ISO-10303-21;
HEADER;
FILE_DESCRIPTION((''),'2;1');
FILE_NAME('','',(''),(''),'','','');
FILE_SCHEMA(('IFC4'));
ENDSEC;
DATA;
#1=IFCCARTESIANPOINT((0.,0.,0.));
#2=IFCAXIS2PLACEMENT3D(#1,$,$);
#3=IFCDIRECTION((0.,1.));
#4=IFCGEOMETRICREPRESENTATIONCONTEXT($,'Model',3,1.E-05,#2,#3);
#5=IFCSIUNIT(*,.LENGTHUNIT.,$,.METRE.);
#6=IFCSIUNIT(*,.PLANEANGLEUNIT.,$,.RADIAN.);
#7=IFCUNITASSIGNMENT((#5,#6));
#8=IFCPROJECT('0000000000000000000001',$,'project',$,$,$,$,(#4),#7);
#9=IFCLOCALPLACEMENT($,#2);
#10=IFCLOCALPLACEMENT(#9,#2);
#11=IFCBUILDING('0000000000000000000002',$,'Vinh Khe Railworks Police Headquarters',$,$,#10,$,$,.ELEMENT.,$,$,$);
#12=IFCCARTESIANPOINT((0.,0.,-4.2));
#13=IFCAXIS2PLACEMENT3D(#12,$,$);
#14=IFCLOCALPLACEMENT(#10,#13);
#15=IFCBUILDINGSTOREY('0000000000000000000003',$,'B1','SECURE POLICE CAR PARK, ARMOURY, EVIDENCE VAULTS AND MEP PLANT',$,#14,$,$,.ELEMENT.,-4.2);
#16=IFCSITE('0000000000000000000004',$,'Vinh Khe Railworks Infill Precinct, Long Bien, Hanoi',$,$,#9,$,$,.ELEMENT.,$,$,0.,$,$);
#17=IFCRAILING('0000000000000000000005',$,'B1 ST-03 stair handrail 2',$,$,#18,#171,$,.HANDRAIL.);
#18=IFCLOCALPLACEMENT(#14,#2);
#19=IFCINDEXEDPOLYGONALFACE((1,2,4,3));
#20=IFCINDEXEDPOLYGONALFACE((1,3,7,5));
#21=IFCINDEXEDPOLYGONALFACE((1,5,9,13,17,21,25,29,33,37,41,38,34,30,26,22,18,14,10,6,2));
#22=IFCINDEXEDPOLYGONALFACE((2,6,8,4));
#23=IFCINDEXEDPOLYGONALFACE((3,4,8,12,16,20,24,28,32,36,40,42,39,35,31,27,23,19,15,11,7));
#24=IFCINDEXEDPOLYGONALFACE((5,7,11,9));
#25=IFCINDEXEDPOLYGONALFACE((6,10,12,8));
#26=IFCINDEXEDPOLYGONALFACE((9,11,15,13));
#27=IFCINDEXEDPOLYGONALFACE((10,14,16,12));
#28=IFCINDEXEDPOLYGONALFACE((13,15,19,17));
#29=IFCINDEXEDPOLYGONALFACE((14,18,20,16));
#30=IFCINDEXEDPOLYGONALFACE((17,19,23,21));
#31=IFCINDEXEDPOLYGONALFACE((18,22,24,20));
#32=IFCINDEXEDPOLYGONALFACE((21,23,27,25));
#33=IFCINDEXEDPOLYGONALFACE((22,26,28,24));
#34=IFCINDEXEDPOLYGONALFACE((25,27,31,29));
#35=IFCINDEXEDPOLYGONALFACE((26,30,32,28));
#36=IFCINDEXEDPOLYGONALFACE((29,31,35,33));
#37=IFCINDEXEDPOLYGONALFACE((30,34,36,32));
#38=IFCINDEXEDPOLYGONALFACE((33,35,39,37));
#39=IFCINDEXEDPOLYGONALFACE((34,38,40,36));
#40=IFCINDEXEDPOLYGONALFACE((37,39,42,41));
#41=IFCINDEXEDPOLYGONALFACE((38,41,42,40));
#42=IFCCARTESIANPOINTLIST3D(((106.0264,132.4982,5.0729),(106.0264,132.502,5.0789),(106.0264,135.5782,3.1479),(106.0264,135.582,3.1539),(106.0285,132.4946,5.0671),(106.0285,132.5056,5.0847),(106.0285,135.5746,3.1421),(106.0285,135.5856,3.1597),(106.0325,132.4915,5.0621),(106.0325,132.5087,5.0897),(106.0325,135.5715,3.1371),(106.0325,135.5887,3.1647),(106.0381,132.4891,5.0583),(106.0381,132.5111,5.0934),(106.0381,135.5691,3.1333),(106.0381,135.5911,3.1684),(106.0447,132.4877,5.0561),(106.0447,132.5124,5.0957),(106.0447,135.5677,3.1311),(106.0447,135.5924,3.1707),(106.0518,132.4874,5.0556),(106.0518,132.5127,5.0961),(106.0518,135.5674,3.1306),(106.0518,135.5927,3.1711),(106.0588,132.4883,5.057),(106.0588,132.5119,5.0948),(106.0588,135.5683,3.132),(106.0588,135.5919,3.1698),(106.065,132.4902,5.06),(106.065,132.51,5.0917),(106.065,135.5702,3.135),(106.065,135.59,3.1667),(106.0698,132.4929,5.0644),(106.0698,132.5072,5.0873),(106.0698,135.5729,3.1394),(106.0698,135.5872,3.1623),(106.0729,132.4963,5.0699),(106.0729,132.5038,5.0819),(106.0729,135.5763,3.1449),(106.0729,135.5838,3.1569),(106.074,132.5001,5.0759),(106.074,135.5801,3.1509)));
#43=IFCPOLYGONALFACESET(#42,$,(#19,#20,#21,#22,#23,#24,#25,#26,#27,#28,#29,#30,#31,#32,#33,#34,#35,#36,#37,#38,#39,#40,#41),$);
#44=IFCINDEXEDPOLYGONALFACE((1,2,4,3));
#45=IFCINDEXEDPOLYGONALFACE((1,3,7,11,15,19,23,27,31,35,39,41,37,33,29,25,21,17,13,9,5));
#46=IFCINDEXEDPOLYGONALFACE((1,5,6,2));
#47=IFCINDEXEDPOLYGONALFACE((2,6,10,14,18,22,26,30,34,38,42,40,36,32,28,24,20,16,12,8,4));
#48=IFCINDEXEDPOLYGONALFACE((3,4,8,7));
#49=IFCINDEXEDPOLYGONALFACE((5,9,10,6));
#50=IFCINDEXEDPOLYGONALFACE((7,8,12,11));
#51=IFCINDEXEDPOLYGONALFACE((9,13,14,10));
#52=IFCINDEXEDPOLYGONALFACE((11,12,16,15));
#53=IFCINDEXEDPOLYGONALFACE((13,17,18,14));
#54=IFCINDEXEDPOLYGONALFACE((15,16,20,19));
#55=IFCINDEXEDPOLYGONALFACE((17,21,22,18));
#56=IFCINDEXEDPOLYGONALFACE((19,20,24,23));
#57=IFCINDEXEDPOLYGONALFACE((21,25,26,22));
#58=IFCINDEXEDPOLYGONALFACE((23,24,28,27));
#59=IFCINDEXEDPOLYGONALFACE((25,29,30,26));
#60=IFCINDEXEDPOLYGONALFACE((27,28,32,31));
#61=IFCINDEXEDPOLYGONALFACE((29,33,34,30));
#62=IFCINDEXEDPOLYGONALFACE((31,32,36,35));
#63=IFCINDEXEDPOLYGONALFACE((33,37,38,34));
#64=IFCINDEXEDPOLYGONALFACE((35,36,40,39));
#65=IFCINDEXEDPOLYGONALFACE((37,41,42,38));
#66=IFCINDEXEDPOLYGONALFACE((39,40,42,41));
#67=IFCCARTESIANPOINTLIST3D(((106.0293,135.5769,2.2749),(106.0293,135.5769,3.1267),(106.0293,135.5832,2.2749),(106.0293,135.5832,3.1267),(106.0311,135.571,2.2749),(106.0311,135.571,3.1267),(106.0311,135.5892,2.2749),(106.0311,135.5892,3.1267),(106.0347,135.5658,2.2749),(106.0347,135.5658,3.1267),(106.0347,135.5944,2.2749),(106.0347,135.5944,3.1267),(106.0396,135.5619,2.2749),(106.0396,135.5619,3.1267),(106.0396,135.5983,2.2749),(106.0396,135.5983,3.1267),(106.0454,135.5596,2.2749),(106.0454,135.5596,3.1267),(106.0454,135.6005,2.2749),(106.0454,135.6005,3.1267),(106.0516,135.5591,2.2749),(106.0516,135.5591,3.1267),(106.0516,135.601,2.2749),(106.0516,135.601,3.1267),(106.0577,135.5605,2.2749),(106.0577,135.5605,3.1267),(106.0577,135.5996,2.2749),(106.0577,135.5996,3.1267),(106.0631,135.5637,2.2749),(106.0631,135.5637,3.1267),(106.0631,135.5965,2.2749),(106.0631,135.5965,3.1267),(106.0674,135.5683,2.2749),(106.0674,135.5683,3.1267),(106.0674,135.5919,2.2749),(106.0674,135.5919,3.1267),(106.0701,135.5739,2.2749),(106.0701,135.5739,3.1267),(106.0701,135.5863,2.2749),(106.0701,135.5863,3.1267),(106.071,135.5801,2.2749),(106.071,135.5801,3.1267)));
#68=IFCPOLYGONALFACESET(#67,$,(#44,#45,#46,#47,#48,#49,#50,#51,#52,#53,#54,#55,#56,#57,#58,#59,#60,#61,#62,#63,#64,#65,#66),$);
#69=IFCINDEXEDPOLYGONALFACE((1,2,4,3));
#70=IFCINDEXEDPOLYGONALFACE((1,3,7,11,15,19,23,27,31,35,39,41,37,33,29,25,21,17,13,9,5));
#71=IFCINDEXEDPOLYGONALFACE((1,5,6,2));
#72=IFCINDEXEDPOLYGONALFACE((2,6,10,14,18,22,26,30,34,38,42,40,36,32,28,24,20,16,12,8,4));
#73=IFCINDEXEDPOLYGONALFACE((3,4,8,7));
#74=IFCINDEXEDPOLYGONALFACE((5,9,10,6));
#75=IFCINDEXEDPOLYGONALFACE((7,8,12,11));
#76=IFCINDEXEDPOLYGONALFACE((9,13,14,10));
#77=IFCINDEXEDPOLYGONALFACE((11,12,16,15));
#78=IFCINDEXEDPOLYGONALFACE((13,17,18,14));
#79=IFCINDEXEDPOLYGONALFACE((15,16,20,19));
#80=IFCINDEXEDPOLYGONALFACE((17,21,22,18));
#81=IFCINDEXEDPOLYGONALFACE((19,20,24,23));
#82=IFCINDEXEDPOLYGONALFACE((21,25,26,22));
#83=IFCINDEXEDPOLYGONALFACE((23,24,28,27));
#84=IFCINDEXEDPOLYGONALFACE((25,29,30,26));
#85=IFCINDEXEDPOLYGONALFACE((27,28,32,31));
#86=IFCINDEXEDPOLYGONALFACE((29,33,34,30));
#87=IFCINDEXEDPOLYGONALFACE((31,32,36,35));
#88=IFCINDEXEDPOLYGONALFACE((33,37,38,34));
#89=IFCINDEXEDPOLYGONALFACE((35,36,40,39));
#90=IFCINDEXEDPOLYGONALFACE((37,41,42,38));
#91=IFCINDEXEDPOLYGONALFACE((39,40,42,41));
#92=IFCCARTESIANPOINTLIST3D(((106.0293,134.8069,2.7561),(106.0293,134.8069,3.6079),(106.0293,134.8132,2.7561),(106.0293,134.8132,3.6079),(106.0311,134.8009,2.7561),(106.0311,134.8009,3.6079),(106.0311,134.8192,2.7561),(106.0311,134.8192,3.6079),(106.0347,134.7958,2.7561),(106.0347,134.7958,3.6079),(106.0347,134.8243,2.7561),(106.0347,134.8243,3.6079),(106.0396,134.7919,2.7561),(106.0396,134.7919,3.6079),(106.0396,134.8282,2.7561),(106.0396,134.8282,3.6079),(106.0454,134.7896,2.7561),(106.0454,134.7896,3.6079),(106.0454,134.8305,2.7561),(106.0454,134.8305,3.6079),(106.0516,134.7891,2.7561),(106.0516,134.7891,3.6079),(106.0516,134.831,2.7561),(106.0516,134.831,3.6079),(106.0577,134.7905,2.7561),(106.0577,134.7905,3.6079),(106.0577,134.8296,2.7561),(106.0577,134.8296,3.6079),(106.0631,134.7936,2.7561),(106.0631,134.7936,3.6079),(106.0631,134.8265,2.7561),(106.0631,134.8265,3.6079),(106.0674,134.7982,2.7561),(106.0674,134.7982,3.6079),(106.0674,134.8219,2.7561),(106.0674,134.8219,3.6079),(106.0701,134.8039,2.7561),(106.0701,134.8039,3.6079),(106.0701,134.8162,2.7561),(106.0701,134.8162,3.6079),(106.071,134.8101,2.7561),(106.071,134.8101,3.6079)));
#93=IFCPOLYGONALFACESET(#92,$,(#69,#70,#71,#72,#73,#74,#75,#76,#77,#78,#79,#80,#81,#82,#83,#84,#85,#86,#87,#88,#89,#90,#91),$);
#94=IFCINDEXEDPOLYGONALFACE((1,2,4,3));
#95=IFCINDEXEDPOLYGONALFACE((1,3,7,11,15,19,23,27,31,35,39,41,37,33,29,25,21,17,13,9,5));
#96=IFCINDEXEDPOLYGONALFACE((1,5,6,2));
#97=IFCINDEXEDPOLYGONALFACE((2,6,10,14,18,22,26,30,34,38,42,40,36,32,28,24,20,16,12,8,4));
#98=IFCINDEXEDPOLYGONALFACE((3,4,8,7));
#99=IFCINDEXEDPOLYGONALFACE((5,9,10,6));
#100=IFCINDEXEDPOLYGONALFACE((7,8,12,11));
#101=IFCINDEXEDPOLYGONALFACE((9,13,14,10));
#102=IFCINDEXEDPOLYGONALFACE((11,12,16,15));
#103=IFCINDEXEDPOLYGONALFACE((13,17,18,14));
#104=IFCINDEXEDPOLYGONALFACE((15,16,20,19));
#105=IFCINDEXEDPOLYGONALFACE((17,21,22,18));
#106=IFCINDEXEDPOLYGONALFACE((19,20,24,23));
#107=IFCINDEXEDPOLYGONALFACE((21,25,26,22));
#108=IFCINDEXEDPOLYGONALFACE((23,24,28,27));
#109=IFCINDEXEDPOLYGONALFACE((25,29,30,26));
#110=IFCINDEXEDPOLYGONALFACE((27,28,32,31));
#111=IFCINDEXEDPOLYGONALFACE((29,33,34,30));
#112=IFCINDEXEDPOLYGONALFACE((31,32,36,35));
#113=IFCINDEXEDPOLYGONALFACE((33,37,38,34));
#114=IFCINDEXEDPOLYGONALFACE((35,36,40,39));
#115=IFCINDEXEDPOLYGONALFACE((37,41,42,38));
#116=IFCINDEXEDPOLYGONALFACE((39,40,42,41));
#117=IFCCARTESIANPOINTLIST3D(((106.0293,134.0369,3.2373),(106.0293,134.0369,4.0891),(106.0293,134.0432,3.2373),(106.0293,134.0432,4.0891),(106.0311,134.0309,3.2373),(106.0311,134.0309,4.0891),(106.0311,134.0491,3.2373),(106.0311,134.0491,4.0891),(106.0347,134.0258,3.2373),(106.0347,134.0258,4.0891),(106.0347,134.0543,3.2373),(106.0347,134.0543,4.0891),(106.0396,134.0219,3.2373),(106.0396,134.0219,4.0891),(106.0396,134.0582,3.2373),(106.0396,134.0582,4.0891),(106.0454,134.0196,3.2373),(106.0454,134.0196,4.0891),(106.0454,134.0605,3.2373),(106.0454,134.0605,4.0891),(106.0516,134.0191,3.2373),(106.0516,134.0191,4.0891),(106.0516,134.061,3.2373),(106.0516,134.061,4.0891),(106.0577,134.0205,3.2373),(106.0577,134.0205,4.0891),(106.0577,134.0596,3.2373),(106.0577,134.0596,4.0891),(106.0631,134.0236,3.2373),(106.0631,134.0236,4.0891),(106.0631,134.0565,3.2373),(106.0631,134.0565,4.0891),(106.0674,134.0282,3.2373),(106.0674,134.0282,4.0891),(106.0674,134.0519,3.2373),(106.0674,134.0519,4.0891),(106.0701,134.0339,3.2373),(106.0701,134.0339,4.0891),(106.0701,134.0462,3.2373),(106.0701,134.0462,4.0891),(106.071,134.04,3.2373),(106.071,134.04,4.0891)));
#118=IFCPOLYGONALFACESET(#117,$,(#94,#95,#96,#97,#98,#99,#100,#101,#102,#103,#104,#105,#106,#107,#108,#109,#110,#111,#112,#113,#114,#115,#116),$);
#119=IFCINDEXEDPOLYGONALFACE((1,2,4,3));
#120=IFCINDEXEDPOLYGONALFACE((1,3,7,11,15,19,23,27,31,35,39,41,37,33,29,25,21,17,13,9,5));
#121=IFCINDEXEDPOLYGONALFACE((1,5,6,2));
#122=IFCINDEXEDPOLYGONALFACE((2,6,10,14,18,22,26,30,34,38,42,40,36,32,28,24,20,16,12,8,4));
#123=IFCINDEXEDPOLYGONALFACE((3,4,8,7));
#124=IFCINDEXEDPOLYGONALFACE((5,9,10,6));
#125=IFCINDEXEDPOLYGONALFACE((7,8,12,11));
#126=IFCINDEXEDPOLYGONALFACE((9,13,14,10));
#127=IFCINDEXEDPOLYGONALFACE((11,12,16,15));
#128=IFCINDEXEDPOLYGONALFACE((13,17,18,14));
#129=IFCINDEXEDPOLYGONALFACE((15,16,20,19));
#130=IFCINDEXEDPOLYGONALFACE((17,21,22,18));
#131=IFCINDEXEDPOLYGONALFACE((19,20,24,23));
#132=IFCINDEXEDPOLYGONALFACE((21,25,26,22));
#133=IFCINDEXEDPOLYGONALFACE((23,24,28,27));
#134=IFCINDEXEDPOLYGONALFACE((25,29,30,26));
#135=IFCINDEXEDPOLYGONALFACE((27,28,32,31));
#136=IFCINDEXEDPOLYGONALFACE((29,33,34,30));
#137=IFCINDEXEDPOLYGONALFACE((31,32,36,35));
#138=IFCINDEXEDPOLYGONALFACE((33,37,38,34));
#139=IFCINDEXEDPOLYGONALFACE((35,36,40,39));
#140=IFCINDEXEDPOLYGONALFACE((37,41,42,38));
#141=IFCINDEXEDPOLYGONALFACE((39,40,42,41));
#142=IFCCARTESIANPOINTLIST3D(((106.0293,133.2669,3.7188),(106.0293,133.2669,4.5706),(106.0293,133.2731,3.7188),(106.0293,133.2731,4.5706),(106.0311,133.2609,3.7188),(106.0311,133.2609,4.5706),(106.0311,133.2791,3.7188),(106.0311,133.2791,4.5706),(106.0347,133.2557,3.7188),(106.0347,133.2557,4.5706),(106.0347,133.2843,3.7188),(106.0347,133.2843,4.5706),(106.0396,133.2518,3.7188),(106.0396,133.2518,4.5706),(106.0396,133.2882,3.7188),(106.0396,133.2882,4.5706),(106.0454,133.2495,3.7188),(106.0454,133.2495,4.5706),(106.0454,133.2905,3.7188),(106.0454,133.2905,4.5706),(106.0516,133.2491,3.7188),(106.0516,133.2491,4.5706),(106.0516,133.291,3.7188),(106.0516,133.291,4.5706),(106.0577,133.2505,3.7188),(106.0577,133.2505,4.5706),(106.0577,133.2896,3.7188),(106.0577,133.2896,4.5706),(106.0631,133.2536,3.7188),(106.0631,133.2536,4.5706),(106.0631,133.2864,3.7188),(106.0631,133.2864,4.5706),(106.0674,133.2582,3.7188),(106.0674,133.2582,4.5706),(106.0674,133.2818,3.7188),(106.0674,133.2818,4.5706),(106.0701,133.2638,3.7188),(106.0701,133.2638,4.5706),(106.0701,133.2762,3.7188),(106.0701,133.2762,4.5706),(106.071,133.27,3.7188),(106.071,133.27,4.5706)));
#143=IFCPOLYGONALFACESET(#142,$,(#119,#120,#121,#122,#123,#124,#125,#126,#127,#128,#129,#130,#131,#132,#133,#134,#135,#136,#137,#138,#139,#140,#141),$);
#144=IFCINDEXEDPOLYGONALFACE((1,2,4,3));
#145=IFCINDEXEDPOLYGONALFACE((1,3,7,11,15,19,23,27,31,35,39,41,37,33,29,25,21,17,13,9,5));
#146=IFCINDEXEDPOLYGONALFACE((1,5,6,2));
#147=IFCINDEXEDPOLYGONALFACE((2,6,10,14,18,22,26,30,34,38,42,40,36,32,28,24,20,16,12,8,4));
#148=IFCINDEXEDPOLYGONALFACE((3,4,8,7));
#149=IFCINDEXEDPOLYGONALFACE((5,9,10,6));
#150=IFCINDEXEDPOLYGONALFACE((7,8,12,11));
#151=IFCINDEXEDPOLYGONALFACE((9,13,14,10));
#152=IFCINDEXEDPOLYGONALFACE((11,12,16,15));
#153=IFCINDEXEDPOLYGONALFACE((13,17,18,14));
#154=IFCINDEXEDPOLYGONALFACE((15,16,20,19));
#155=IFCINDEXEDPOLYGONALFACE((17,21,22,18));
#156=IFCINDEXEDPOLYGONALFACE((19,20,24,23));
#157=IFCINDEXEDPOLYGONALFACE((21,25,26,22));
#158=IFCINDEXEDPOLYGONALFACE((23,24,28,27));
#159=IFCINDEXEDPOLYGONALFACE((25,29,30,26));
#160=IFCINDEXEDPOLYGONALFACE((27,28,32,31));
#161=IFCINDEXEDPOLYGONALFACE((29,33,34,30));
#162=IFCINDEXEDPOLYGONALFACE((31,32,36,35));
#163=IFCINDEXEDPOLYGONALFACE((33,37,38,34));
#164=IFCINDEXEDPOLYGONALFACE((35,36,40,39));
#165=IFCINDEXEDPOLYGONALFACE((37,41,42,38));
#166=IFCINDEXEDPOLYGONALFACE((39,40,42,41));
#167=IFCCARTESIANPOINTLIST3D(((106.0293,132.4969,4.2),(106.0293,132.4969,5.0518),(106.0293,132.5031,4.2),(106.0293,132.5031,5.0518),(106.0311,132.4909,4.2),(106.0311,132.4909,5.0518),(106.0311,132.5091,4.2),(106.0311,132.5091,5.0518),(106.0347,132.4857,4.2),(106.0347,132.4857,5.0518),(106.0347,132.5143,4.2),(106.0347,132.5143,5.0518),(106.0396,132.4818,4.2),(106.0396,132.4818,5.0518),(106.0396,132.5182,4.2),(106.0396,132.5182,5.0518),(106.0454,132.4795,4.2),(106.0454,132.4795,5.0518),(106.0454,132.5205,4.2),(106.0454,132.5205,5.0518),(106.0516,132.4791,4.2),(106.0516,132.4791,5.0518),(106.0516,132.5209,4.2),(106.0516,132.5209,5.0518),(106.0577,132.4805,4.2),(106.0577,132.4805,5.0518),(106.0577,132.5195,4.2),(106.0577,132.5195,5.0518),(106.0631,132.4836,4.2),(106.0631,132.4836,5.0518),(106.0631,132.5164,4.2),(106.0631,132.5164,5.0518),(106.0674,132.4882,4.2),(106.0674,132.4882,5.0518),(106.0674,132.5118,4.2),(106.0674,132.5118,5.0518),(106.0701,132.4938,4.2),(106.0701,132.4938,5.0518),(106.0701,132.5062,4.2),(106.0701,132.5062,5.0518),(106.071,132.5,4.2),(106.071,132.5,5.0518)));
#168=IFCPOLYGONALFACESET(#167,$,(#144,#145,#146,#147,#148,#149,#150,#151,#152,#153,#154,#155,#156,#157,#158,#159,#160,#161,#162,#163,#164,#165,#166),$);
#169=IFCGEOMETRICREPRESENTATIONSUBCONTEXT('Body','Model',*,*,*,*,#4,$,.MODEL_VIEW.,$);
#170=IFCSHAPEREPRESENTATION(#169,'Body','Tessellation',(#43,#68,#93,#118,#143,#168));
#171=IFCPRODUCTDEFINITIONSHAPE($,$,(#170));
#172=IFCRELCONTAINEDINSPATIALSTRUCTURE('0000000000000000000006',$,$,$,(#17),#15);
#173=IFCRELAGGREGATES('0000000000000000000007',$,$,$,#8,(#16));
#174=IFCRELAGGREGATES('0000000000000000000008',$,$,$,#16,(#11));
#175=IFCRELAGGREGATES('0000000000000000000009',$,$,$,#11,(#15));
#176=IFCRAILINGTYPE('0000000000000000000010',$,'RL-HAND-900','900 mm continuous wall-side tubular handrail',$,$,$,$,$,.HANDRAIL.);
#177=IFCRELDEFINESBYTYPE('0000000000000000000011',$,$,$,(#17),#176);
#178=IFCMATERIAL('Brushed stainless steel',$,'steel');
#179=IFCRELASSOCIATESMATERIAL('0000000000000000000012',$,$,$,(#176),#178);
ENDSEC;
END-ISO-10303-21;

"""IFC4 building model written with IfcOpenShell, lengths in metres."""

from ifc_helpers import new_model, si_unit, direction, frame, origin, origin_2d, place, context, subcontext, project, spatial, circle, extrude, material, type_object, element, save


model = new_model("IFC4")

# Units and contexts
model_context = context("Model", 3, precision=1e-05, world=origin(), true_north=direction((0.0, 1.0)))
body_context = subcontext(model_context, "Body", "Model", "MODEL_VIEW")
ifc_project = project(units=[si_unit("LENGTHUNIT", "METRE"), si_unit("PLANEANGLEUNIT", "RADIAN")], contexts=[model_context])

# Site, building, storey
site_placement = place(None, origin())
site = spatial("IfcSite", under=ifc_project, at=site_placement, Name="Vinh Khe Railworks Infill Precinct, Long Bien, Hanoi", CompositionType="ELEMENT", RefElevation=0.0)
building_placement = place(site_placement, origin())
building = spatial("IfcBuilding", under=site, at=building_placement, Name="Vinh Khe Railworks Police Headquarters", CompositionType="ELEMENT")
storey_placement = place(building_placement, frame((0.0, 0.0, -4.2)))
storey = spatial("IfcBuildingStorey", under=building, at=storey_placement, Name="B1", Description="SECURE POLICE CAR PARK, ARMOURY, EVIDENCE VAULTS AND MEP PLANT", CompositionType="ELEMENT", Elevation=-4.2)

# Railing
ifc_material_1 = material(Name="Brushed stainless steel", Category="steel")
railing_type_1 = type_object("IfcRailingType", Name="RL-HAND-900", Description="900 mm continuous wall-side tubular handrail", PredefinedType="HANDRAIL", material=ifc_material_1)
railing_1_placement = place(storey_placement, frame((106.05, 135.5801, 2.2749)))
element("IfcRailing", 1, at=railing_1_placement, inside=storey, type_object=railing_type_1, Name="B1 ST-03 stair handrail 2", PredefinedType="HANDRAIL", context=body_context, shape_type="SweptSolid", body=[
    extrude(circle(Radius=0.0239, at=origin_2d()), frame((0.0, 0.0, 0.876), z_axis=(0.0, -0.847998, 0.529999), x_axis=(1.0, 0.0, 0.0)), (0.0, 0.0, 1.0), 3.6321),
    extrude(circle(Radius=0.021, at=origin_2d()), origin(), (0.0, 0.0, 1.0), 0.8518),
    extrude(circle(Radius=0.021, at=origin_2d()), frame((0.0, -0.77, 0.4812)), (0.0, 0.0, 1.0), 0.8518),
    extrude(circle(Radius=0.021, at=origin_2d()), frame((0.0, -1.54, 0.9624)), (0.0, 0.0, 1.0), 0.8518),
    extrude(circle(Radius=0.021, at=origin_2d()), frame((0.0, -2.3101, 1.4438)), (0.0, 0.0, 1.0), 0.8518),
    extrude(circle(Radius=0.021, at=origin_2d()), frame((0.0, -3.0801, 1.925)), (0.0, 0.0, 1.0), 0.8518),
])

save(model, "model.ifc")
